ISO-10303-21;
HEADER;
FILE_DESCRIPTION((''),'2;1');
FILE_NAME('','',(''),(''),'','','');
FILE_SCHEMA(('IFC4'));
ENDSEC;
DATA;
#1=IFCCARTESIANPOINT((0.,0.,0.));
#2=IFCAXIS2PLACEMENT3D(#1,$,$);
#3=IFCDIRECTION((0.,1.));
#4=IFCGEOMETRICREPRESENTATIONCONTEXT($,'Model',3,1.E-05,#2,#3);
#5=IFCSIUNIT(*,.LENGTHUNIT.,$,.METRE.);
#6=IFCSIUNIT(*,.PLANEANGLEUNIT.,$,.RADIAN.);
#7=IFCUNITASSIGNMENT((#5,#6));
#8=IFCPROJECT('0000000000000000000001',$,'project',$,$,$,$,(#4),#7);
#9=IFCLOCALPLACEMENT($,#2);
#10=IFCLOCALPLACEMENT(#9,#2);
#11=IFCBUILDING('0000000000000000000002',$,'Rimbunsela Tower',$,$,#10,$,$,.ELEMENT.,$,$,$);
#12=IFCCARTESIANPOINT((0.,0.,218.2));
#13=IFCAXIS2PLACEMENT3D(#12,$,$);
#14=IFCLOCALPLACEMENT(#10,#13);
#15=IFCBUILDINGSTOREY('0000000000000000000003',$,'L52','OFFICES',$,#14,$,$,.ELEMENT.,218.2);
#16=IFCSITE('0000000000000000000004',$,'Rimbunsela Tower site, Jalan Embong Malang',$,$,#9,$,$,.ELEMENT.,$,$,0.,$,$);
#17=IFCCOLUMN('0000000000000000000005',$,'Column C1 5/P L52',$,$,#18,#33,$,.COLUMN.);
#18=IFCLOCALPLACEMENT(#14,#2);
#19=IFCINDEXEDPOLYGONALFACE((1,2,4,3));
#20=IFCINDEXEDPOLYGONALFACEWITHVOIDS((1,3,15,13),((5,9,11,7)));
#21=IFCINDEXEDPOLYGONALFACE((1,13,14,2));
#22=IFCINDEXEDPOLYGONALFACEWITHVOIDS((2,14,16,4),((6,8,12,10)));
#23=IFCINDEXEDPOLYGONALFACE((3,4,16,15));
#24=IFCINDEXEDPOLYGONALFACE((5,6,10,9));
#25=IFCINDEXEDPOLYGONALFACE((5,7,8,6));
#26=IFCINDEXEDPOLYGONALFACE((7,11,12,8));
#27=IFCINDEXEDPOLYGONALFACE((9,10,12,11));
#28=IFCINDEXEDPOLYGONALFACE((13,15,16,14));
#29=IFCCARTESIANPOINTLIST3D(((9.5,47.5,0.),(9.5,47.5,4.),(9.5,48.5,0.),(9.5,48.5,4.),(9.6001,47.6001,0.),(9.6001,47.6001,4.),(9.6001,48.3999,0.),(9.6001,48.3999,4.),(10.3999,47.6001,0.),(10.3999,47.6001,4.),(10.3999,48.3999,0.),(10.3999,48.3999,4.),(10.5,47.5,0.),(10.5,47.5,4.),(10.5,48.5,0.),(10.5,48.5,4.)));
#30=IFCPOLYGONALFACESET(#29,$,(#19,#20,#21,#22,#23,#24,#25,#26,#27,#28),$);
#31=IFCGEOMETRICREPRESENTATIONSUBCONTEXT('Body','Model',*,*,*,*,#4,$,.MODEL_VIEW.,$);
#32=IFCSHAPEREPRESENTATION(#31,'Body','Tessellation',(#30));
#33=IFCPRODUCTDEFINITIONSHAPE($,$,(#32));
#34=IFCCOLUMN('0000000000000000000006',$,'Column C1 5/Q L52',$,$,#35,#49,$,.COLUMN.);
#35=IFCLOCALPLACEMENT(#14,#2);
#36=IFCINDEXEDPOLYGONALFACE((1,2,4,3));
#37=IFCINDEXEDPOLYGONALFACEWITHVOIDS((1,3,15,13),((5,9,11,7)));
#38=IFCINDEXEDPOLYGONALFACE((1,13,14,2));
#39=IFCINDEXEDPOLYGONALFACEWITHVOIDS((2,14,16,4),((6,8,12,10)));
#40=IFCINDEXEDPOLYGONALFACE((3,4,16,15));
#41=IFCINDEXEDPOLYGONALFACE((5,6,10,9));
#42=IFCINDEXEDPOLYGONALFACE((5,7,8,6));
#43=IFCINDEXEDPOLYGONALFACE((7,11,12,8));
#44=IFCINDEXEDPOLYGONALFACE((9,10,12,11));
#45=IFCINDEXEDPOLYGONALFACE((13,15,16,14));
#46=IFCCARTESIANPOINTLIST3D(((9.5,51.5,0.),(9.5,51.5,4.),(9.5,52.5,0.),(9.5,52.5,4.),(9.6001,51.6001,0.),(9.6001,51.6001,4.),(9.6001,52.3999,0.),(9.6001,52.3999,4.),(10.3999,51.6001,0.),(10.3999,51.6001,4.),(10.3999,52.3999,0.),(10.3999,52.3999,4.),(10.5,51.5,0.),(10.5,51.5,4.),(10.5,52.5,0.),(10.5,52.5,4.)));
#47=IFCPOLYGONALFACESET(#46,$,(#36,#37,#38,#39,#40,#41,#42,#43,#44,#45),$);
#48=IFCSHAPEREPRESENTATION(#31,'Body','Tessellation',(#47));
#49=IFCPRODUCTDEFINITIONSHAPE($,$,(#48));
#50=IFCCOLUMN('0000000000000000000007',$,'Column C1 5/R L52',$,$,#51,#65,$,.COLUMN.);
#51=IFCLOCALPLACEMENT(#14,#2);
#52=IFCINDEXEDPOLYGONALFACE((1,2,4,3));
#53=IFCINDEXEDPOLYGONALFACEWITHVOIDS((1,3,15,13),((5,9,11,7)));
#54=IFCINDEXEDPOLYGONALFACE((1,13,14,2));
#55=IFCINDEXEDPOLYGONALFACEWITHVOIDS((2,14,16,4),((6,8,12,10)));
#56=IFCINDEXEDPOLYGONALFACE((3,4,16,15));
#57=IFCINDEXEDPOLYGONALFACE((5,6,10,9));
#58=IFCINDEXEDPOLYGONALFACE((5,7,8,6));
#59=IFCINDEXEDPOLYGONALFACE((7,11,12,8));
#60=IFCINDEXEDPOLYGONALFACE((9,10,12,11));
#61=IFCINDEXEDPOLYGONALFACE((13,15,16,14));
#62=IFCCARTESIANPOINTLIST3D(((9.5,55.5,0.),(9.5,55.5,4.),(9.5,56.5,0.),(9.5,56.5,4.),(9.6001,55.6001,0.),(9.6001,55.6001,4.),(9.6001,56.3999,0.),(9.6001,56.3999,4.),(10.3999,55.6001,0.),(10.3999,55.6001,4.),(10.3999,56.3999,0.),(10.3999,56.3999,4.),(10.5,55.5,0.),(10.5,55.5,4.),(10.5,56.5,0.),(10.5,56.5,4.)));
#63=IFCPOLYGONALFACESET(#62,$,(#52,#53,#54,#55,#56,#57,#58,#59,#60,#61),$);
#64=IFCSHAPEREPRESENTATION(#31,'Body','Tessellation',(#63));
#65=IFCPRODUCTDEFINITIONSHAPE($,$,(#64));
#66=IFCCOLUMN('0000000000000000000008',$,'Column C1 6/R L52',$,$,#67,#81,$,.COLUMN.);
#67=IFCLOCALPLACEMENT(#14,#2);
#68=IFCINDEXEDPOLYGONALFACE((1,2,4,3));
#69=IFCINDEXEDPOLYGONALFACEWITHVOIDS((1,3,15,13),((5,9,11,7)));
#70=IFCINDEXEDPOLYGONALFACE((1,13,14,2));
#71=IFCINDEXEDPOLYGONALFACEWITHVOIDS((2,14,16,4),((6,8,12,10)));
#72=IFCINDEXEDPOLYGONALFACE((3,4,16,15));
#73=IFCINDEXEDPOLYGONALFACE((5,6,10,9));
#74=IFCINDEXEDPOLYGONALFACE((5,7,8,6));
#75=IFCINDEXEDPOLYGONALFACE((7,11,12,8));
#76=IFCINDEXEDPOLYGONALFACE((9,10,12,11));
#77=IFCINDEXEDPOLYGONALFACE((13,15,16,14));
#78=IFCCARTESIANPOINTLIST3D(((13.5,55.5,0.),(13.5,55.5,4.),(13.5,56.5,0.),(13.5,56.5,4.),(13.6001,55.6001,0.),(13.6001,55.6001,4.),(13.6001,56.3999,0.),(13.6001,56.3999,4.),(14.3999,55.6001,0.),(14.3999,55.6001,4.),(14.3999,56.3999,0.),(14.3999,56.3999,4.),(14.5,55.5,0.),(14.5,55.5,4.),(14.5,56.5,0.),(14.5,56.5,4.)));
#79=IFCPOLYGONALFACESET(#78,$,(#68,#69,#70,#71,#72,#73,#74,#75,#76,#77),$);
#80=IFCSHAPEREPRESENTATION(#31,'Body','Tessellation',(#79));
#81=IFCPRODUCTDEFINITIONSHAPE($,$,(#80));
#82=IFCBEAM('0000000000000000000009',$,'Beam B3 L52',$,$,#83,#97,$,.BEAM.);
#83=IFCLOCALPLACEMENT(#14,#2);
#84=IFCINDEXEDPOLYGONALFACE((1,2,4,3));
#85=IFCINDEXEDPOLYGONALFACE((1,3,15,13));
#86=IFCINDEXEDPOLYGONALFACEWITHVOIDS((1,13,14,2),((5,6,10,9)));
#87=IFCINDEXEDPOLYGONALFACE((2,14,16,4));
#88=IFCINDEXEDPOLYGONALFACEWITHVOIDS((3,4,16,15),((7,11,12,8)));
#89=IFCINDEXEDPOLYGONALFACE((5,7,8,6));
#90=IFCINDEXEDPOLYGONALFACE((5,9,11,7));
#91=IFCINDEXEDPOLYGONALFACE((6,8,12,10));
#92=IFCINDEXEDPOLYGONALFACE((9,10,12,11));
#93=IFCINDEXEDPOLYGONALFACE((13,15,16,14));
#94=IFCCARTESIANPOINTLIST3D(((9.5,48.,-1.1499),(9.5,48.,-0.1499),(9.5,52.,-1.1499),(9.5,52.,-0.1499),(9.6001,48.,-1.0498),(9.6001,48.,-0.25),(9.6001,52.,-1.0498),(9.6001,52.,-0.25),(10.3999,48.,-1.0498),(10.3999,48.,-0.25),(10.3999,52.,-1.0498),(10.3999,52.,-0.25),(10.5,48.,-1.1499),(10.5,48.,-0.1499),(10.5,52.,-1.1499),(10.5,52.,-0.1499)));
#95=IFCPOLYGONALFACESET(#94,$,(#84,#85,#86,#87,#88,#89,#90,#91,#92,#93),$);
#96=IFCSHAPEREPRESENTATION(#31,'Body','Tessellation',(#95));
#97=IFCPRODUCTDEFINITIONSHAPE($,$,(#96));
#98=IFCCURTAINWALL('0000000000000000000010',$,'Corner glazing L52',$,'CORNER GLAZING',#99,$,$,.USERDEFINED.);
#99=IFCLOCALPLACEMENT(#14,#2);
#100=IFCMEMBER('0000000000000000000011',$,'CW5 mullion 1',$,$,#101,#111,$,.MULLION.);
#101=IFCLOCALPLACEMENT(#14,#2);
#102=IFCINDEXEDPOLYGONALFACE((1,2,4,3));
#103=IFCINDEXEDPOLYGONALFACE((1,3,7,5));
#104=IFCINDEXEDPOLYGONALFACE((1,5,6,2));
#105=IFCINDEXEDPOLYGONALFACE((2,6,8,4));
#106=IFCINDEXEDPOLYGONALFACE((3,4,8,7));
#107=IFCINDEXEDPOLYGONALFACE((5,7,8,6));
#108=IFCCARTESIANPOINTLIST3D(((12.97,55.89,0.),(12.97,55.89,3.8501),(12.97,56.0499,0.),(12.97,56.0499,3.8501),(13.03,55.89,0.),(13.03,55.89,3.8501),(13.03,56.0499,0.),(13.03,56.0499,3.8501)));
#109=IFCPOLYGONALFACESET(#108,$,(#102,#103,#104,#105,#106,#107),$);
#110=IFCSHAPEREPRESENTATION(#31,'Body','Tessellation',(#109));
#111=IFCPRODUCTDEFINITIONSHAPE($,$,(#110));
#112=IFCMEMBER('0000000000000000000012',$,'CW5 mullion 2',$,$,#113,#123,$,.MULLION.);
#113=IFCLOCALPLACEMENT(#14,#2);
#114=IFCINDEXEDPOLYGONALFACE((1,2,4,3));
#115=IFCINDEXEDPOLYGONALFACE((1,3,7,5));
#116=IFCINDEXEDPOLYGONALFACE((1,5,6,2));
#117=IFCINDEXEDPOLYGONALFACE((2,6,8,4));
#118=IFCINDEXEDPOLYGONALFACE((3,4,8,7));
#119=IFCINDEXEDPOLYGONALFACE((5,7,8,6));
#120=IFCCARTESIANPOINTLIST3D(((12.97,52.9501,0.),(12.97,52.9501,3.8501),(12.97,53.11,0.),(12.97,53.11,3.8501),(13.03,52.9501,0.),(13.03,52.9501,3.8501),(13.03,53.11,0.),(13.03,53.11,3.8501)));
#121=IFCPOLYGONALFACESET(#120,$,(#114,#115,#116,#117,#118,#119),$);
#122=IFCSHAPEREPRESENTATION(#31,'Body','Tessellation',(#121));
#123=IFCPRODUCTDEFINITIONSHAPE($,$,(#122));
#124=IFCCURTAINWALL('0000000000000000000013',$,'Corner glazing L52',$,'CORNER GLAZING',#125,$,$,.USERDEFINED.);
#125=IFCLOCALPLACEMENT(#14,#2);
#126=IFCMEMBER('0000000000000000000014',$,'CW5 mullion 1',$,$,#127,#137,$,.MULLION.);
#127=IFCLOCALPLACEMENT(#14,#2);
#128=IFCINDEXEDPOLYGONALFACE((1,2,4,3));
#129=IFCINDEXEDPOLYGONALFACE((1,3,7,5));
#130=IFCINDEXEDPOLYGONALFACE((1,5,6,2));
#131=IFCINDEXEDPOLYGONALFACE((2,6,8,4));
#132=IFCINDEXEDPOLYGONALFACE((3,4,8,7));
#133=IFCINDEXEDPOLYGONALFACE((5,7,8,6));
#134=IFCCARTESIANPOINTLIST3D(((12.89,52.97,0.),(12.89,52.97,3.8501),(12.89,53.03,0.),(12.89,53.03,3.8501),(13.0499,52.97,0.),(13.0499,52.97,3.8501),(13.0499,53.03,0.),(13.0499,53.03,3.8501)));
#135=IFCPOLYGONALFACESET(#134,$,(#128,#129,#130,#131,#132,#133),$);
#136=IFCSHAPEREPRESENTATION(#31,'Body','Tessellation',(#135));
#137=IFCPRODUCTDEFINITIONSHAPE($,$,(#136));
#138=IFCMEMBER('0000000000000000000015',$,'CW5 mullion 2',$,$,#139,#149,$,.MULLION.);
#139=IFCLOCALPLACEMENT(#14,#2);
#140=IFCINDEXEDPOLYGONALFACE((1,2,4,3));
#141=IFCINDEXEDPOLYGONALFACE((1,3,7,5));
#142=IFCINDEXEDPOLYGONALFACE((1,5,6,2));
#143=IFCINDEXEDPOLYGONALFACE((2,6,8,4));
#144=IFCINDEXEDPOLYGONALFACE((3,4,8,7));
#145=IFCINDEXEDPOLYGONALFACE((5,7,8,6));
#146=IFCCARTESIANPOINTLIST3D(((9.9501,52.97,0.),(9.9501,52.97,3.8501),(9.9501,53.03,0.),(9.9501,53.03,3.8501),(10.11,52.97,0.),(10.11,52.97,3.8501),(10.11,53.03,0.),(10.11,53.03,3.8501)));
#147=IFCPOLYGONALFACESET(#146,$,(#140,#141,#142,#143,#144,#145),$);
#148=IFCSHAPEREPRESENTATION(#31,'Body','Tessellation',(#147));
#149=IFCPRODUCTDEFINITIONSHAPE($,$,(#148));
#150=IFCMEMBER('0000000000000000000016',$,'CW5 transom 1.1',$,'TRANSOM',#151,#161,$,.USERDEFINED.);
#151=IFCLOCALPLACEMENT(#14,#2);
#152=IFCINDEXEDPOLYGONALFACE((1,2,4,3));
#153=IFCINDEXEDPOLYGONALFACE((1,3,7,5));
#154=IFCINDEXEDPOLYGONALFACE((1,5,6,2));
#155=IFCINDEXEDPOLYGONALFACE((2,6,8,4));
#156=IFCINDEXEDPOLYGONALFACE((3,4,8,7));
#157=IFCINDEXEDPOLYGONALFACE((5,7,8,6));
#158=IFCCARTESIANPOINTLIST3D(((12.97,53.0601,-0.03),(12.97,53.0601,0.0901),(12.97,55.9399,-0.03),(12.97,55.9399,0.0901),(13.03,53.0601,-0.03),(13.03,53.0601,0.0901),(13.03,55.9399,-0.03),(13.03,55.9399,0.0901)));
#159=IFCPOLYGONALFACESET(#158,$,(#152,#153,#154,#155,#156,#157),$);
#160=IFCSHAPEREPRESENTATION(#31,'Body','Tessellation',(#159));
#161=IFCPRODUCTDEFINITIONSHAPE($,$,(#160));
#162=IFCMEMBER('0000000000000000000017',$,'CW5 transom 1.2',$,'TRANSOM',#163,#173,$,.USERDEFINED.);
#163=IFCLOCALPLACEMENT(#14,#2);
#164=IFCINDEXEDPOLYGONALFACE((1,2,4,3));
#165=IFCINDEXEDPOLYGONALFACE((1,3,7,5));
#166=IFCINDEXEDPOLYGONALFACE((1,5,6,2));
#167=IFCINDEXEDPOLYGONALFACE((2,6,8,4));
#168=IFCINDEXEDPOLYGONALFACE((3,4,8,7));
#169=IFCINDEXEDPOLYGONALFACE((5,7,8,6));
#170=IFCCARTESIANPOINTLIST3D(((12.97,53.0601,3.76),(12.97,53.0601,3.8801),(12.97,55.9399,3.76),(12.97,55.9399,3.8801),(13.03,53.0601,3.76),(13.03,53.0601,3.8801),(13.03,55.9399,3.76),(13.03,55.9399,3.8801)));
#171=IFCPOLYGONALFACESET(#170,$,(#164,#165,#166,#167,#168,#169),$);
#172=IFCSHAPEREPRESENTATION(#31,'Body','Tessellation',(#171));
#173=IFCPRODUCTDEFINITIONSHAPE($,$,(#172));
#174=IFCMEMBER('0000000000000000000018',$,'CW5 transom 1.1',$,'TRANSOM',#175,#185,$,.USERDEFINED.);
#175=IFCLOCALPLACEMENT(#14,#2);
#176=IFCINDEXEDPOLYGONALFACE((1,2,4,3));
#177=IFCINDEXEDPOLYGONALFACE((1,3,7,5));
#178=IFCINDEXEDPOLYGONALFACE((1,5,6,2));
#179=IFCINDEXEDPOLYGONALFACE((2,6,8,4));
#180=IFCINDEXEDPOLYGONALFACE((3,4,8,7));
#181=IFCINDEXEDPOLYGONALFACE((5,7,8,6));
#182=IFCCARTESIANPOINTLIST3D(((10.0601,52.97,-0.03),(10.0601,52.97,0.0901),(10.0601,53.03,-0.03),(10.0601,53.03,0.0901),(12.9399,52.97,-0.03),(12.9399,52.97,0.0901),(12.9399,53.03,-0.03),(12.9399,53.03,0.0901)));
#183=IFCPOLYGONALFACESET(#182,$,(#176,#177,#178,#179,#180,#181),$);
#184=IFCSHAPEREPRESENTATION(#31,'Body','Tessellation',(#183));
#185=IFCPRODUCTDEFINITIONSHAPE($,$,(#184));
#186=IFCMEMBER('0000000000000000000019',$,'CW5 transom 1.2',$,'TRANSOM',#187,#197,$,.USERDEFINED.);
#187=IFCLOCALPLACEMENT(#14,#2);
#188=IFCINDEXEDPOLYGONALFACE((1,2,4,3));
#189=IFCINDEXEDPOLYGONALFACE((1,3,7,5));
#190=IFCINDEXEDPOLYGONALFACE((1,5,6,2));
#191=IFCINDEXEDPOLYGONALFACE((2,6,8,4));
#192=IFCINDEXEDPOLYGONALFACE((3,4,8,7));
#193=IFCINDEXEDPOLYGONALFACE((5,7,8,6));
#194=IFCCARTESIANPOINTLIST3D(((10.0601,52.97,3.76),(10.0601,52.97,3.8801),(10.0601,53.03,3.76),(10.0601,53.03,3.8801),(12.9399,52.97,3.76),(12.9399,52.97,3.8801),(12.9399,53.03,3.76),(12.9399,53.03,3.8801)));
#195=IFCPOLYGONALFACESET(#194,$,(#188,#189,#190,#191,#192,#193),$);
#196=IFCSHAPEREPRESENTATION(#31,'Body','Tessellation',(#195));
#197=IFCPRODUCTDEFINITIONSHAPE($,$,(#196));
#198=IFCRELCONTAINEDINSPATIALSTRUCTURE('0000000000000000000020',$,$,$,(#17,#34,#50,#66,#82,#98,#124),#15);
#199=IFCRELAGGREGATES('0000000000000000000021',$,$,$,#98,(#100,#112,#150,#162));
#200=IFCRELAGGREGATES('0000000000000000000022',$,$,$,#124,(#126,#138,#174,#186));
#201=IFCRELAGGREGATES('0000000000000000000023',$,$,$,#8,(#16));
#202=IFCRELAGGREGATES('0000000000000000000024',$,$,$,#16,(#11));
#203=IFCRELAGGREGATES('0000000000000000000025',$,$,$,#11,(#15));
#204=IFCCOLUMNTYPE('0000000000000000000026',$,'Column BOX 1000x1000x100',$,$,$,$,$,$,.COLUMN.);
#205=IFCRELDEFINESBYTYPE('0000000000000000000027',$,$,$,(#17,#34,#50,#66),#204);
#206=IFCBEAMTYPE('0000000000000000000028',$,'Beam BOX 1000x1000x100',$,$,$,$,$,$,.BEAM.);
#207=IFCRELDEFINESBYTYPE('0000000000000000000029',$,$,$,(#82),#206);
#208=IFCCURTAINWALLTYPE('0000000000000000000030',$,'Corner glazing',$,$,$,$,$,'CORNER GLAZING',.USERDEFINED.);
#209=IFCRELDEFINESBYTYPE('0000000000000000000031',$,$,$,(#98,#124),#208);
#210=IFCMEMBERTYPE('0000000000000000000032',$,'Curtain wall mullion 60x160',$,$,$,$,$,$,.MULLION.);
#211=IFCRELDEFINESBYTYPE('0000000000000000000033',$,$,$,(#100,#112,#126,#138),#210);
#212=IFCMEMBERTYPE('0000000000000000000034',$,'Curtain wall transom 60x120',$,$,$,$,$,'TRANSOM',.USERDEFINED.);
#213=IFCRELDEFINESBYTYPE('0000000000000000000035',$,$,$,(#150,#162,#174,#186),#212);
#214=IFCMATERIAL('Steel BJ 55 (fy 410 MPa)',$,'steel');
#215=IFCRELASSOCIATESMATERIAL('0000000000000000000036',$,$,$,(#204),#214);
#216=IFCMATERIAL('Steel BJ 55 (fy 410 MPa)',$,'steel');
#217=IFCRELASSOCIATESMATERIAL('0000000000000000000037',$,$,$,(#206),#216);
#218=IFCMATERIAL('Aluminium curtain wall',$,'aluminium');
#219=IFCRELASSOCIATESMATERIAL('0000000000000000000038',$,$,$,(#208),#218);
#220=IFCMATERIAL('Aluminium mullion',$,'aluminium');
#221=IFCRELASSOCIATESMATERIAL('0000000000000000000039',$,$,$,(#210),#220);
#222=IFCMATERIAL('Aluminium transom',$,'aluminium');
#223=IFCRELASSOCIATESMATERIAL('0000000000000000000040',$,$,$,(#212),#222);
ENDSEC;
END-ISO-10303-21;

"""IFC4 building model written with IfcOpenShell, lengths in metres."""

from ifc_helpers import new_model, si_unit, direction, frame, origin, origin_2d, place, context, subcontext, project, spatial, rectangle, hollow_rectangle, extrude, material, material_profile, profile_set, type_object, element, aggregate, save


model = new_model("IFC4")

# Units and contexts
model_context = context("Model", 3, precision=1e-05, world=origin(), true_north=direction((0.0, 1.0)))
body_context = subcontext(model_context, "Body", "Model", "MODEL_VIEW")
ifc_project = project(units=[si_unit("LENGTHUNIT", "METRE"), si_unit("PLANEANGLEUNIT", "RADIAN")], contexts=[model_context])

# Site, building, storey
site_placement = place(None, origin())
site = spatial("IfcSite", under=ifc_project, at=site_placement, Name="Rimbunsela Tower site, Jalan Embong Malang", CompositionType="ELEMENT", RefElevation=0.0)
building_placement = place(site_placement, origin())
building = spatial("IfcBuilding", under=site, at=building_placement, Name="Rimbunsela Tower", CompositionType="ELEMENT")
storey_placement = place(building_placement, frame((0.0, 0.0, 218.2)))
storey = spatial("IfcBuildingStorey", under=building, at=storey_placement, Name="L52", Description="OFFICES", CompositionType="ELEMENT", Elevation=218.2)

# Columns
ifc_material_1 = material(Name="Steel BJ 55 (fy 410 MPa)", Category="steel")
ifc_material_profile_1 = material_profile(ifc_material_1, hollow_rectangle(XDim=1.0, YDim=1.0, WallThickness=0.1001, at=origin_2d()), Name="BOX 1000x1000x100")
ifc_profile_set_1 = profile_set([ifc_material_profile_1], Name="Steel BJ 55 (fy 410 MPa)")
column_type = type_object("IfcColumnType", Name="Column BOX 1000x1000x100", PredefinedType="COLUMN", material=ifc_profile_set_1)
for number, where, z_axis, x_axis, name in (
    (1, (10.0, 48.0, 0.0), (0.0, 0.0, 1.0), (1.0, 0.0, 0.0), "Column C1 5/P L52"),
    (2, (10.0, 52.0, 0.0), (0.0, 0.0, 1.0), (1.0, 0.0, 0.0), "Column C1 5/Q L52"),
    (3, (10.0, 56.0, 0.0), (0.0, 0.0, 1.0), (1.0, 0.0, 0.0), "Column C1 5/R L52"),
    (4, (14.0, 56.0, 0.0), (0.0, 0.0, 1.0), (1.0, 0.0, 0.0), "Column C1 6/R L52"),
):
    element("IfcColumn", number, at=place(storey_placement, frame(where, z_axis=z_axis, x_axis=x_axis)), inside=storey, type_object=column_type, Name=name, PredefinedType="COLUMN", context=body_context, shape_type="SweptSolid", body=[
        extrude(hollow_rectangle(XDim=1.0, YDim=1.0, WallThickness=0.1001, at=origin_2d()), origin(), (0.0, 0.0, 1.0), 4.0),
    ])

# Beam
ifc_material_2 = material(Name="Steel BJ 55 (fy 410 MPa)", Category="steel")
ifc_material_profile_2 = material_profile(ifc_material_2, hollow_rectangle(XDim=1.0, YDim=1.0, WallThickness=0.1001, at=origin_2d()), Name="BOX 1000x1000x100")
ifc_profile_set_2 = profile_set([ifc_material_profile_2], Name="Steel BJ 55 (fy 410 MPa)")
beam_type = type_object("IfcBeamType", Name="Beam BOX 1000x1000x100", PredefinedType="BEAM", material=ifc_profile_set_2)
beam_placement = place(storey_placement, frame((10.0, 48.0, -0.6499), z_axis=(0.0, 1.0, 0.0), x_axis=(-1.0, 0.0, 0.0)))
element("IfcBeam", 5, at=beam_placement, inside=storey, type_object=beam_type, Name="Beam B3 L52", PredefinedType="BEAM", context=body_context, shape_type="SweptSolid", body=[
    extrude(hollow_rectangle(XDim=1.0, YDim=1.0, WallThickness=0.1001, at=origin_2d()), origin(), (0.0, 0.0, 1.0), 4.0),
])

# Curtain walls, members
ifc_material_3 = material(Name="Aluminium curtain wall", Category="aluminium")
curtain_wall_type = type_object("IfcCurtainWallType", Name="Corner glazing", ElementType="CORNER GLAZING", PredefinedType="USERDEFINED", material=ifc_material_3)
curtain_wall_1_placement = place(storey_placement, origin())
curtain_wall_1 = element("IfcCurtainWall", 6, at=curtain_wall_1_placement, inside=storey, type_object=curtain_wall_type, Name="Corner glazing L52", ObjectType="CORNER GLAZING", PredefinedType="USERDEFINED")
ifc_material_4 = material(Name="Aluminium mullion", Category="aluminium")
ifc_material_profile_3 = material_profile(ifc_material_4, rectangle(XDim=0.0601, YDim=0.1599, at=origin_2d()), Name="Mullion 60x160")
ifc_profile_set_3 = profile_set([ifc_material_profile_3], Name="Aluminium mullion")
member_type_1 = type_object("IfcMemberType", Name="Curtain wall mullion 60x160", PredefinedType="MULLION", material=ifc_profile_set_3)
member_1_placement = place(storey_placement, frame((13.0, 55.97, 0.0), z_axis=(0.0, 0.0, 1.0), x_axis=(1.0, 0.0, 0.0)))
member_1 = element("IfcMember", 7, at=member_1_placement, type_object=member_type_1, Name="CW5 mullion 1", PredefinedType="MULLION", context=body_context, shape_type="SweptSolid", body=[
    extrude(rectangle(XDim=0.0601, YDim=0.1599, at=origin_2d()), origin(), (0.0, 0.0, 1.0), 3.8501),
])
member_2_placement = place(storey_placement, frame((13.0, 53.03, 0.0), z_axis=(0.0, 0.0, 1.0), x_axis=(1.0, 0.0, 0.0)))
member_2 = element("IfcMember", 8, at=member_2_placement, type_object=member_type_1, Name="CW5 mullion 2", PredefinedType="MULLION", context=body_context, shape_type="SweptSolid", body=[
    extrude(rectangle(XDim=0.0601, YDim=0.1599, at=origin_2d()), origin(), (0.0, 0.0, 1.0), 3.8501),
])
curtain_wall_2_placement = place(storey_placement, origin())
curtain_wall_2 = element("IfcCurtainWall", 9, at=curtain_wall_2_placement, inside=storey, type_object=curtain_wall_type, Name="Corner glazing L52", ObjectType="CORNER GLAZING", PredefinedType="USERDEFINED")
member_3_placement = place(storey_placement, frame((12.97, 53.0, 0.0), z_axis=(0.0, 0.0, 1.0), x_axis=(0.0, -1.0, 0.0)))
member_3 = element("IfcMember", 10, at=member_3_placement, type_object=member_type_1, Name="CW5 mullion 1", PredefinedType="MULLION", context=body_context, shape_type="SweptSolid", body=[
    extrude(rectangle(XDim=0.0601, YDim=0.1599, at=origin_2d()), origin(), (0.0, 0.0, 1.0), 3.8501),
])
member_4_placement = place(storey_placement, frame((10.03, 53.0, 0.0), z_axis=(0.0, 0.0, 1.0), x_axis=(0.0, -1.0, 0.0)))
member_4 = element("IfcMember", 11, at=member_4_placement, type_object=member_type_1, Name="CW5 mullion 2", PredefinedType="MULLION", context=body_context, shape_type="SweptSolid", body=[
    extrude(rectangle(XDim=0.0601, YDim=0.1599, at=origin_2d()), origin(), (0.0, 0.0, 1.0), 3.8501),
])

# Members
ifc_material_5 = material(Name="Aluminium transom", Category="aluminium")
ifc_material_profile_4 = material_profile(ifc_material_5, rectangle(XDim=0.0601, YDim=0.1201, at=origin_2d()), Name="Transom 60x120")
ifc_profile_set_4 = profile_set([ifc_material_profile_4], Name="Aluminium transom")
member_type_2 = type_object("IfcMemberType", Name="Curtain wall transom 60x120", ElementType="TRANSOM", PredefinedType="USERDEFINED", material=ifc_profile_set_4)
member_5_placement = place(storey_placement, frame((13.0, 55.9399, 0.03), z_axis=(0.0, -1.0, 0.0), x_axis=(1.0, 0.0, 0.0)))
member_5 = element("IfcMember", 12, at=member_5_placement, type_object=member_type_2, Name="CW5 transom 1.1", ObjectType="TRANSOM", PredefinedType="USERDEFINED", context=body_context, shape_type="SweptSolid", body=[
    extrude(rectangle(XDim=0.0601, YDim=0.1201, at=origin_2d()), origin(), (0.0, 0.0, 1.0), 2.8799),
])
member_6_placement = place(storey_placement, frame((13.0, 55.9399, 3.8201), z_axis=(0.0, -1.0, 0.0), x_axis=(1.0, 0.0, 0.0)))
member_6 = element("IfcMember", 13, at=member_6_placement, type_object=member_type_2, Name="CW5 transom 1.2", ObjectType="TRANSOM", PredefinedType="USERDEFINED", context=body_context, shape_type="SweptSolid", body=[
    extrude(rectangle(XDim=0.0601, YDim=0.1201, at=origin_2d()), origin(), (0.0, 0.0, 1.0), 2.8799),
])
member_7_placement = place(storey_placement, frame((12.9399, 53.0, 0.03), z_axis=(-1.0, 0.0, 0.0), x_axis=(0.0, -1.0, 0.0)))
member_7 = element("IfcMember", 14, at=member_7_placement, type_object=member_type_2, Name="CW5 transom 1.1", ObjectType="TRANSOM", PredefinedType="USERDEFINED", context=body_context, shape_type="SweptSolid", body=[
    extrude(rectangle(XDim=0.0601, YDim=0.1201, at=origin_2d()), origin(), (0.0, 0.0, 1.0), 2.8799),
])
member_8_placement = place(storey_placement, frame((12.9399, 53.0, 3.8201), z_axis=(-1.0, 0.0, 0.0), x_axis=(0.0, -1.0, 0.0)))
member_8 = element("IfcMember", 15, at=member_8_placement, type_object=member_type_2, Name="CW5 transom 1.2", ObjectType="TRANSOM", PredefinedType="USERDEFINED", context=body_context, shape_type="SweptSolid", body=[
    extrude(rectangle(XDim=0.0601, YDim=0.1201, at=origin_2d()), origin(), (0.0, 0.0, 1.0), 2.8799),
])

aggregate(curtain_wall_1, [member_1, member_2, member_5, member_6])
aggregate(curtain_wall_2, [member_3, member_4, member_7, member_8])

save(model, "model.ifc")
